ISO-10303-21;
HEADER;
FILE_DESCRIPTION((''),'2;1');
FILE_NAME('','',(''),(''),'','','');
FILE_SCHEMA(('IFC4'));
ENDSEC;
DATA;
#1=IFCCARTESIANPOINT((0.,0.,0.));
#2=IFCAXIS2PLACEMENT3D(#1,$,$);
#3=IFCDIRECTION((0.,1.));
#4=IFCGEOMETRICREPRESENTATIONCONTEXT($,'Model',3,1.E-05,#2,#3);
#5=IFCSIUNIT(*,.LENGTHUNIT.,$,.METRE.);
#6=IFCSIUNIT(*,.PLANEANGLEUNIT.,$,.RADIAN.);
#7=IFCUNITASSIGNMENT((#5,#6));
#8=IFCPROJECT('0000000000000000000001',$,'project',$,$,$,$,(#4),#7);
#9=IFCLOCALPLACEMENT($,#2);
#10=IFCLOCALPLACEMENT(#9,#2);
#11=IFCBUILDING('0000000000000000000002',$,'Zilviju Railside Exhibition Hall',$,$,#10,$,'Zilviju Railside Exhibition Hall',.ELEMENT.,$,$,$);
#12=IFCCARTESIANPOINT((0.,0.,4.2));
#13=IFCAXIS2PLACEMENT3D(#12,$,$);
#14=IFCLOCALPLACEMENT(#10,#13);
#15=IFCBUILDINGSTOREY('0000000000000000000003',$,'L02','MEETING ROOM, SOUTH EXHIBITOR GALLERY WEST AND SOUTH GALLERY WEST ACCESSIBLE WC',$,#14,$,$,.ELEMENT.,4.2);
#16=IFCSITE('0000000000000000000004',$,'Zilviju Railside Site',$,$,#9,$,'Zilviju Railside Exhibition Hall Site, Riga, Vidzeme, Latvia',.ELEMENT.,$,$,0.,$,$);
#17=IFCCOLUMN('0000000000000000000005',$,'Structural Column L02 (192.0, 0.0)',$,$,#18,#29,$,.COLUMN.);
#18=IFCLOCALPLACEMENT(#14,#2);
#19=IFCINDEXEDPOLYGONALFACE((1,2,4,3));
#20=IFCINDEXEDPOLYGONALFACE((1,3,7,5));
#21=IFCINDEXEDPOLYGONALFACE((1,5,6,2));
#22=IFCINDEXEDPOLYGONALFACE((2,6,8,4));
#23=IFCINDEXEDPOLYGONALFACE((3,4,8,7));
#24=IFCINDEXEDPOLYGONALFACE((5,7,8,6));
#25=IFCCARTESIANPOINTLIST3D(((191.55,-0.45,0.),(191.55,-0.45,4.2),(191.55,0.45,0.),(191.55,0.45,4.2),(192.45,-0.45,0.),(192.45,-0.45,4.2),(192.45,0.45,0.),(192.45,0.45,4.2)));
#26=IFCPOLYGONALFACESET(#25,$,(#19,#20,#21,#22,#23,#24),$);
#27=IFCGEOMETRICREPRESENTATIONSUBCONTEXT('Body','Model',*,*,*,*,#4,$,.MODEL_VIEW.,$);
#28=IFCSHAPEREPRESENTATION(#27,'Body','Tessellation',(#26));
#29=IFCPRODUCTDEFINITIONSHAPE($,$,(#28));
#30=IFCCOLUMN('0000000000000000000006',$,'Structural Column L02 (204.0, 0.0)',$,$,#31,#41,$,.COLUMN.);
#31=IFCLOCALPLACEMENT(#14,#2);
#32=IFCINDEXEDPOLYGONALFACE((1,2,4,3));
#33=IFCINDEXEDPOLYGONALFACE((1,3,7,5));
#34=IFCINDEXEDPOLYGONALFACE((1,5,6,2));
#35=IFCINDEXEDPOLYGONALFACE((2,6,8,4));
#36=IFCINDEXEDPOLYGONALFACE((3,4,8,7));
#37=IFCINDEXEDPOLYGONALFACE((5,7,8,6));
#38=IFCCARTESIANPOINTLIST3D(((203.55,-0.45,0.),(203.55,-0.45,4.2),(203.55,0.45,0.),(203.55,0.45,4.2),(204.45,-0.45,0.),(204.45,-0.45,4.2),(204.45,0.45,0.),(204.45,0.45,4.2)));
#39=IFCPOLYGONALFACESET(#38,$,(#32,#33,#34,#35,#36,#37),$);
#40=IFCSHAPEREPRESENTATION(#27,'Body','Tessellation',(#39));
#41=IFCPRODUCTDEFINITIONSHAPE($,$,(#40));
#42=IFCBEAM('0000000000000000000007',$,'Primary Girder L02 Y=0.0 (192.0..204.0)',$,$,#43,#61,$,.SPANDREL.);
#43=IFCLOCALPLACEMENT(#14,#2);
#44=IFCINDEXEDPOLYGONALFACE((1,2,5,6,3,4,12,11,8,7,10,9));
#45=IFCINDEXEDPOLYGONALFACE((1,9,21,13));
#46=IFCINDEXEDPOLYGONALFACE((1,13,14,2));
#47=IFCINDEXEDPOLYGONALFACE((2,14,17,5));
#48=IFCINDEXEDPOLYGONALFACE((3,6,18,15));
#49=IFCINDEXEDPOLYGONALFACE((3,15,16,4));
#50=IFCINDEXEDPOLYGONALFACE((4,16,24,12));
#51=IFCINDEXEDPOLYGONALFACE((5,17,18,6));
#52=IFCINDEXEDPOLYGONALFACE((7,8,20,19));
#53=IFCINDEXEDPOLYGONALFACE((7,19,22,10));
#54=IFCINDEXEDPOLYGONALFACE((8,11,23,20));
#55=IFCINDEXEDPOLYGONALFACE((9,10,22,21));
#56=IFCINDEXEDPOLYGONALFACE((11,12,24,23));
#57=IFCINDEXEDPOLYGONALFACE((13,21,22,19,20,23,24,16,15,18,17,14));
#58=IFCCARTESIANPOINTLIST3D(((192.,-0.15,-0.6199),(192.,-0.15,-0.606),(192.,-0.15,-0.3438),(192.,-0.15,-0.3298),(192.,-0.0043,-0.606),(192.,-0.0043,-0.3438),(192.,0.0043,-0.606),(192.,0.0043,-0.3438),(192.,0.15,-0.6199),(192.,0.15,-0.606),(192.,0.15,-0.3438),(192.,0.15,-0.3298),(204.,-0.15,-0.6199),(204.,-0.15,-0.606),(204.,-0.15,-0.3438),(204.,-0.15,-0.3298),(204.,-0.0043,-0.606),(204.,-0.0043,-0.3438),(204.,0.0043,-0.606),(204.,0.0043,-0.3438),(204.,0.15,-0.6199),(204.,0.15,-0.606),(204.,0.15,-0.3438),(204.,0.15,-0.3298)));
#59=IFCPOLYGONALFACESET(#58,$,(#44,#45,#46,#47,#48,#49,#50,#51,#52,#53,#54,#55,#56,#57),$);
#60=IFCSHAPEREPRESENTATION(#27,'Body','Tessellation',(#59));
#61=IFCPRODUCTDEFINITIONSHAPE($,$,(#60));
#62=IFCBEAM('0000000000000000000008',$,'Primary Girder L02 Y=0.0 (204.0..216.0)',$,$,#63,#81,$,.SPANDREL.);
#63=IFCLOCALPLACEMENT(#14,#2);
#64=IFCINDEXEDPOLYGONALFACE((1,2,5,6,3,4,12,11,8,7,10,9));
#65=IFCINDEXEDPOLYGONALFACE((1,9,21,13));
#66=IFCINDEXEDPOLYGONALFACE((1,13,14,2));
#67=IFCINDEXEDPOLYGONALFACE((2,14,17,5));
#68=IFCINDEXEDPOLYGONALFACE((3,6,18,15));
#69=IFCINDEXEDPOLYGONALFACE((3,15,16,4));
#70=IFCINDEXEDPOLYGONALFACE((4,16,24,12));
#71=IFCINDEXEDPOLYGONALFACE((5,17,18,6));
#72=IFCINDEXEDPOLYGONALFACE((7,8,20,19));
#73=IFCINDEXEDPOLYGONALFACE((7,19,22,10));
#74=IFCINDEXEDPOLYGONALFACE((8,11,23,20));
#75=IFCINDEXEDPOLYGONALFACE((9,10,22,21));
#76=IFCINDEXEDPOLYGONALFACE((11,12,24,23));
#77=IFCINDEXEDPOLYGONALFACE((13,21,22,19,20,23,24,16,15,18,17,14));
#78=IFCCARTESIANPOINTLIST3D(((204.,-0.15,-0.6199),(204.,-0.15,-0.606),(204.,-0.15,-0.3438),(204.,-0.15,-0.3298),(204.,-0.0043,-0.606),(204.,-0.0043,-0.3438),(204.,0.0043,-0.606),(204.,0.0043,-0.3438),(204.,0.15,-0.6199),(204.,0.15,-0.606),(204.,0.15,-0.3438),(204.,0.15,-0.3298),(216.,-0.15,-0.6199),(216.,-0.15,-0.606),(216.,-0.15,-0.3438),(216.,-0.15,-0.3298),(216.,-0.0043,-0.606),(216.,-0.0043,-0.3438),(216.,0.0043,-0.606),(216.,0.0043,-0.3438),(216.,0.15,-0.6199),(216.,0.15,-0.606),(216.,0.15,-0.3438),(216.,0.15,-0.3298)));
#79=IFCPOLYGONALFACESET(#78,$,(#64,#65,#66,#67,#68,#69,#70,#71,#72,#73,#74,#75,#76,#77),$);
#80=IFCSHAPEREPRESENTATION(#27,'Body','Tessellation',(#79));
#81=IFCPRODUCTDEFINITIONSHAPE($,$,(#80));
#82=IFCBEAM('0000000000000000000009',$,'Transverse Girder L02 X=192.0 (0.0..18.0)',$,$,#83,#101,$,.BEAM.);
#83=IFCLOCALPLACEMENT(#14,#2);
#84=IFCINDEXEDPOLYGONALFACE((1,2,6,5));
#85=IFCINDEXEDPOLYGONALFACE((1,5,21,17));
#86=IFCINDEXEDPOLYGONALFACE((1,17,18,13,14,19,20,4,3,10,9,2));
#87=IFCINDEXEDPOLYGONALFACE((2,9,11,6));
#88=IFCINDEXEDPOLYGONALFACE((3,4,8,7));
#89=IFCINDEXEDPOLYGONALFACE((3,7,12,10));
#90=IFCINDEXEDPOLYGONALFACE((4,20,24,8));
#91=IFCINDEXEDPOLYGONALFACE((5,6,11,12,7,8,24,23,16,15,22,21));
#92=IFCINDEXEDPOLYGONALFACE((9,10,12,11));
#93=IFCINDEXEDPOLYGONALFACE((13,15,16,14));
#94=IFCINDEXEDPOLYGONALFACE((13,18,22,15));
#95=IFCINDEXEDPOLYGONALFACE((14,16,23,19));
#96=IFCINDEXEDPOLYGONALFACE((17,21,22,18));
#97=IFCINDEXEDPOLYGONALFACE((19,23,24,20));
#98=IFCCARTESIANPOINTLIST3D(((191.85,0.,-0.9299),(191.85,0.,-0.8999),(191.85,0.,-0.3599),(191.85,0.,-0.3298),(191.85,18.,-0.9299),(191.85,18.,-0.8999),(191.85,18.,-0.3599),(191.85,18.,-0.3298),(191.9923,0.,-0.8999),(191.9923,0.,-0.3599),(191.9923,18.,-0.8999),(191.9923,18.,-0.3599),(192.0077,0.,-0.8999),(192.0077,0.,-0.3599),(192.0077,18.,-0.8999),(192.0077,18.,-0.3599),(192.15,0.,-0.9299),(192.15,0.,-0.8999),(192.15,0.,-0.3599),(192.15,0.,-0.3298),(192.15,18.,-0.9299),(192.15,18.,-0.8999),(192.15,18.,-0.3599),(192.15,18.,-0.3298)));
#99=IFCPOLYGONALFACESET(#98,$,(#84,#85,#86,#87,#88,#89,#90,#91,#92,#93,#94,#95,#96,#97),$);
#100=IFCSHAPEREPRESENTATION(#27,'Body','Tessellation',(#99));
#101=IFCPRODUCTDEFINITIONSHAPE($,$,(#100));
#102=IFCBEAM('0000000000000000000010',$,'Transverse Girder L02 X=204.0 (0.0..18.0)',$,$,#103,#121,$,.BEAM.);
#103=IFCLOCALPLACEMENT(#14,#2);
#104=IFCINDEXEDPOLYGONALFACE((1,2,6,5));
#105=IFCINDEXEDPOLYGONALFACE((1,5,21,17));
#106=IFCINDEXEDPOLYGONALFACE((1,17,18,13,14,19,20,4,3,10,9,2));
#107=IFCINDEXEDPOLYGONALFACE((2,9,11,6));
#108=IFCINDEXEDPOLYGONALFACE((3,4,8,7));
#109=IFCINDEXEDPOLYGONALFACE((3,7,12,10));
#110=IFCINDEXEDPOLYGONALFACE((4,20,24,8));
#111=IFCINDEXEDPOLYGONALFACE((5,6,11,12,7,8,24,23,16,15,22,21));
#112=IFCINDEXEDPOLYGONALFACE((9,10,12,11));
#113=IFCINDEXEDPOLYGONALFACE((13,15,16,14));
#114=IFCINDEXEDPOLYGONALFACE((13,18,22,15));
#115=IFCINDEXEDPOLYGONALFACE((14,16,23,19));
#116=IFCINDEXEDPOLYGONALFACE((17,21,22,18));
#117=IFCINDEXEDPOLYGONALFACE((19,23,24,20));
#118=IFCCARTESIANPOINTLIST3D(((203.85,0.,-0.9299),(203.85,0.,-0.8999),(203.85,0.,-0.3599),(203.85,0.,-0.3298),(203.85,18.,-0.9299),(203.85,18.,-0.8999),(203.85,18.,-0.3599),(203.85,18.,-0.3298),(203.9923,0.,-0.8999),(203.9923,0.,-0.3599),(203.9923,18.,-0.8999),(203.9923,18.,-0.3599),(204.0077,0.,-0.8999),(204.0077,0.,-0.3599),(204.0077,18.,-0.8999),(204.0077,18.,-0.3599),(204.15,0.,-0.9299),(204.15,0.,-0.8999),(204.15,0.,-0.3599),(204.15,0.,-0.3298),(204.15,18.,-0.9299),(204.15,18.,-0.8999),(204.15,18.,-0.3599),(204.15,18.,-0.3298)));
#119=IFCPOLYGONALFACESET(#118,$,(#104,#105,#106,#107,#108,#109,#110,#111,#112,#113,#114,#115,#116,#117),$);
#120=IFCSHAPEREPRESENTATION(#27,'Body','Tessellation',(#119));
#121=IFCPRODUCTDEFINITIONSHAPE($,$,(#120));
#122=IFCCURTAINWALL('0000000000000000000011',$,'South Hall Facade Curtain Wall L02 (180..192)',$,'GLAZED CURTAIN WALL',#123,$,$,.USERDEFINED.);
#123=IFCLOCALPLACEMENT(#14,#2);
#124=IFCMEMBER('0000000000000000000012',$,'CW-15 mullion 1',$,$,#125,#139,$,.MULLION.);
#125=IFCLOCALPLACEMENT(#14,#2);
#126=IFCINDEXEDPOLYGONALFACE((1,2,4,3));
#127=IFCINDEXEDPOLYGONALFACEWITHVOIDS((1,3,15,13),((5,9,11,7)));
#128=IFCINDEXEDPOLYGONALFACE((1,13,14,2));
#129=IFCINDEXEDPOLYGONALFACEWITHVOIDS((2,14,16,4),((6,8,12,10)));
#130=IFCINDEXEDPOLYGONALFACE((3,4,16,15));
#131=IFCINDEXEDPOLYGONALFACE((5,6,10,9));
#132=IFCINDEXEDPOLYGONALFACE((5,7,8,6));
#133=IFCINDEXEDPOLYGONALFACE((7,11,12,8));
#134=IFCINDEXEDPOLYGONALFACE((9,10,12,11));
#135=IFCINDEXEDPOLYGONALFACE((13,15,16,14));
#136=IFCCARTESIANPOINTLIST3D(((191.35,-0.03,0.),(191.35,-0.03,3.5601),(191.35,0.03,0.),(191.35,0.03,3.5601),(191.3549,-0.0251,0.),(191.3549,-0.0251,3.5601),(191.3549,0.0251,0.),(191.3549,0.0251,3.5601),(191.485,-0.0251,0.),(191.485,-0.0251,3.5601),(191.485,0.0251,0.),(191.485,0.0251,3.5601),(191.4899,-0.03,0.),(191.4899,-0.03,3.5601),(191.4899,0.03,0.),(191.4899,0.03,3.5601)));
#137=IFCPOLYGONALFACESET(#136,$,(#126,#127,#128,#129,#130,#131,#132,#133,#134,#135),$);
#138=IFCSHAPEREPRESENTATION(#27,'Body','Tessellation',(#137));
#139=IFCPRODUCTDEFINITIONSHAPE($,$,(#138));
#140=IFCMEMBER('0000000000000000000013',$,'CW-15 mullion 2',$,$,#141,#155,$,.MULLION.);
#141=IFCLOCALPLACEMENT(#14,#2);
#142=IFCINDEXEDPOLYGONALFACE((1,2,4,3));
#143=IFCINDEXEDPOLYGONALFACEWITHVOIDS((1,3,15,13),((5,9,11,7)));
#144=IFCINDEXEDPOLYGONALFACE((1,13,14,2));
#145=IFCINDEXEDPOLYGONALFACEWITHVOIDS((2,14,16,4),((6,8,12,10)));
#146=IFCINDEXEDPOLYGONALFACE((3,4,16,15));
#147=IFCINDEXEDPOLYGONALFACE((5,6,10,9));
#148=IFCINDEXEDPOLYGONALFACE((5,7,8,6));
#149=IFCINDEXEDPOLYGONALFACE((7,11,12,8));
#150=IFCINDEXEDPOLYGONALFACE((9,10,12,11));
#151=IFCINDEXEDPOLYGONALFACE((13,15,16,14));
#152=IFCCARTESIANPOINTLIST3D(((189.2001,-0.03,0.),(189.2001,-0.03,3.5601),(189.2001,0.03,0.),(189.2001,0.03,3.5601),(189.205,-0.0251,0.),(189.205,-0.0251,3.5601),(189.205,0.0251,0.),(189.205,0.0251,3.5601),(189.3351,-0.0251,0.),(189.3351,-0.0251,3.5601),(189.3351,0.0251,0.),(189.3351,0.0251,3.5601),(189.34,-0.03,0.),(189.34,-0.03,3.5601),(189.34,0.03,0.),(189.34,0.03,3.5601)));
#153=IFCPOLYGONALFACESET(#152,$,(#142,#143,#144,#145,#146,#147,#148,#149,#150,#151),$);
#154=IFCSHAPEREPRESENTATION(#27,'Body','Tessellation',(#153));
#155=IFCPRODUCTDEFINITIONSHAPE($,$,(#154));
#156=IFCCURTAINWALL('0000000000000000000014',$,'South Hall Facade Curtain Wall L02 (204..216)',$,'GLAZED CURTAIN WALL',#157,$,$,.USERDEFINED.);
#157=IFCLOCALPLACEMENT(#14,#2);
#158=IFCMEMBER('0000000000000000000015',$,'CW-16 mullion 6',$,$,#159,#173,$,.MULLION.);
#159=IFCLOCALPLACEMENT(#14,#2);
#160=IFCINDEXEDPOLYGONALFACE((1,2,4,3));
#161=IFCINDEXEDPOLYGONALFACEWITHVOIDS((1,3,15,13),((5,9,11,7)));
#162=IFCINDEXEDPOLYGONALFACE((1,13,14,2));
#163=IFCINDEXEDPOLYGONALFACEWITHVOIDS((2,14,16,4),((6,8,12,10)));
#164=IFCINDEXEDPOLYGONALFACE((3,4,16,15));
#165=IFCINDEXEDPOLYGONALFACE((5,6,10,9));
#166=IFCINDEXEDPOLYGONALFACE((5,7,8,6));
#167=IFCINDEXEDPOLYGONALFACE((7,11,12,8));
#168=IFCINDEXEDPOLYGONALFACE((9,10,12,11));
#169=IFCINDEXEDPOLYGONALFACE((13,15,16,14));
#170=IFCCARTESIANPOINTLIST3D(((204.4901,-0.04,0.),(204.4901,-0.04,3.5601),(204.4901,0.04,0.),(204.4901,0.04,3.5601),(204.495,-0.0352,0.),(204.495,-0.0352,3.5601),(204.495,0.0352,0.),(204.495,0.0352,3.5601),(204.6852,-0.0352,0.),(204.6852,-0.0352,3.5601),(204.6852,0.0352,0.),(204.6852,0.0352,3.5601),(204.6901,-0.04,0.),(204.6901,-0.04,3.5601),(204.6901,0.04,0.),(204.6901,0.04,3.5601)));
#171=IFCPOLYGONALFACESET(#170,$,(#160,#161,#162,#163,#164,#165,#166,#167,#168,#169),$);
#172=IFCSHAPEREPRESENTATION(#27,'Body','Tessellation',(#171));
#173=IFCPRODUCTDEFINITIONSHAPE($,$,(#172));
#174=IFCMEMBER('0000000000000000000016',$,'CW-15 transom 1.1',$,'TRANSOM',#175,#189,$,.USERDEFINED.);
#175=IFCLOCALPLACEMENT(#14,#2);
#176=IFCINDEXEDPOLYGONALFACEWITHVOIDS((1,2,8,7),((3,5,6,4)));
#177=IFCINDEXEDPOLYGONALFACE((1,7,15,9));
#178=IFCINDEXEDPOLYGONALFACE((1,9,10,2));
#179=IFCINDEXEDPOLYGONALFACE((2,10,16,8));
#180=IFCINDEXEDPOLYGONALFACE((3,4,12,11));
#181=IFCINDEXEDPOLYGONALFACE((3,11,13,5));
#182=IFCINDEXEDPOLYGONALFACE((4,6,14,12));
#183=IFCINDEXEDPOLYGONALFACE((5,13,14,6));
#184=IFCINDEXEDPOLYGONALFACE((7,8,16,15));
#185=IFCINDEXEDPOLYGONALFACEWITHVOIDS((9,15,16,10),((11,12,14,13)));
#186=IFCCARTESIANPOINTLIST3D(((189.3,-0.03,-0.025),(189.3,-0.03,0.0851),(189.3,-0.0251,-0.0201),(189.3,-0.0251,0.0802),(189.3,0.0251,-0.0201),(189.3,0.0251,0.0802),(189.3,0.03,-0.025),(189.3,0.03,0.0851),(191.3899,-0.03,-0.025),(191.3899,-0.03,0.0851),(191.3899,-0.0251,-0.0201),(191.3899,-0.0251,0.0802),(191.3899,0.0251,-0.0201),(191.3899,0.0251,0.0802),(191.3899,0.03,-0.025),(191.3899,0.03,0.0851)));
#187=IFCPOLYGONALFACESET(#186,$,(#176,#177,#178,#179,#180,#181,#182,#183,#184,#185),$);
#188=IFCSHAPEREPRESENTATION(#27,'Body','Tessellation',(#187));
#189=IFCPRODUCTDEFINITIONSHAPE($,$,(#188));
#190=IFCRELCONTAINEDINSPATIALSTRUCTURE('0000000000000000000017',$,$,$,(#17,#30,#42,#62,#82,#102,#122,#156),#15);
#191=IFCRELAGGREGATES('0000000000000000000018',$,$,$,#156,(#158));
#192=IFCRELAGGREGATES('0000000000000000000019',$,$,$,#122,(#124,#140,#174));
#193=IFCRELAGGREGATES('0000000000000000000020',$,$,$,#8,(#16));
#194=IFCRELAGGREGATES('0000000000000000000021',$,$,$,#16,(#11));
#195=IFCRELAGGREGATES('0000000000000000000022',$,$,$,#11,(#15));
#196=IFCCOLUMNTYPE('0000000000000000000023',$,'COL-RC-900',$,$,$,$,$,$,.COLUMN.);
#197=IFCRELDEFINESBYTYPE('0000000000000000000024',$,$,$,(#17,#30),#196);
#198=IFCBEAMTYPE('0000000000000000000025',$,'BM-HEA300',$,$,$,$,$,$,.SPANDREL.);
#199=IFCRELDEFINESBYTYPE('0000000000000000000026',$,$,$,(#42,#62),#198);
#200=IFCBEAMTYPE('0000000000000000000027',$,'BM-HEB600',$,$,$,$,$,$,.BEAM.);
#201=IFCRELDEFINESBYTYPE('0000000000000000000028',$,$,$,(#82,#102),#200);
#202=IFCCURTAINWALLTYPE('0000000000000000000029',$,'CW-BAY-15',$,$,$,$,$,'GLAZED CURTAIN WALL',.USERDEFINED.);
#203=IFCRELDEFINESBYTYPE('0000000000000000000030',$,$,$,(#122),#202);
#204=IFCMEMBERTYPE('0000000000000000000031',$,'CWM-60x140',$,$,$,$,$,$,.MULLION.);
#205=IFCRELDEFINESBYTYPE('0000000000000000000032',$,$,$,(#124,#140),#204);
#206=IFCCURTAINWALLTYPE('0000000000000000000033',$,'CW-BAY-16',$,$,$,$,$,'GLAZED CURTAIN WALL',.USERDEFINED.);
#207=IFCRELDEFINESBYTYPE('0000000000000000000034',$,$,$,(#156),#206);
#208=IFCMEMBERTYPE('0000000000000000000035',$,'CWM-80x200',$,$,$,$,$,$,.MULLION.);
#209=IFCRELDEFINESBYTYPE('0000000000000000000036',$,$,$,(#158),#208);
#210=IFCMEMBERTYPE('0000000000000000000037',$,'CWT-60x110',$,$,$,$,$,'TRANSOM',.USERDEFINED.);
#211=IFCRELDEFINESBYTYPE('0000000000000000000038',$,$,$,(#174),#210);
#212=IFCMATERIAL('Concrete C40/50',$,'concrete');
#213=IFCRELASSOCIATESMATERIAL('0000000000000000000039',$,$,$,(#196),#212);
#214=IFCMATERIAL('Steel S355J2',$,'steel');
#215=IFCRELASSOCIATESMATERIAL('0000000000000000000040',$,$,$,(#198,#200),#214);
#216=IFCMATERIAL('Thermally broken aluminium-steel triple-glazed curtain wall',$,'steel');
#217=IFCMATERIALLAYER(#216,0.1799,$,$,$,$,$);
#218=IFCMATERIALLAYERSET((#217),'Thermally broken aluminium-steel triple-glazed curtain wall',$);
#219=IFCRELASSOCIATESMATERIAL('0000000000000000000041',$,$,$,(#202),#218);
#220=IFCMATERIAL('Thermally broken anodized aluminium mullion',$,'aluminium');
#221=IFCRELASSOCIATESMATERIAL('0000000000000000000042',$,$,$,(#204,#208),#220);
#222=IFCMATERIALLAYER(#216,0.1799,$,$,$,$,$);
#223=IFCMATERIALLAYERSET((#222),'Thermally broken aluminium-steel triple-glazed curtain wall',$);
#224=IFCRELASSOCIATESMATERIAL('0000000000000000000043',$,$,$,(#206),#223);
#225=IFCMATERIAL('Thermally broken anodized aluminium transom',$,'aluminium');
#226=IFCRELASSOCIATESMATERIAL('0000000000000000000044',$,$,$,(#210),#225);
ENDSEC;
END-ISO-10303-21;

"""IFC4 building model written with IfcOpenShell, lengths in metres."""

from ifc_helpers import new_model, si_unit, direction, frame, origin, origin_2d, place, context, subcontext, project, spatial, rectangle, hollow_rectangle, i_section, extrude, material, layer, layer_set, material_profile, profile_set, type_object, element, aggregate, save


model = new_model("IFC4")

# Units and contexts
model_context = context("Model", 3, precision=1e-05, world=origin(), true_north=direction((0.0, 1.0)))
body_context = subcontext(model_context, "Body", "Model", "MODEL_VIEW")
ifc_project = project(units=[si_unit("LENGTHUNIT", "METRE"), si_unit("PLANEANGLEUNIT", "RADIAN")], contexts=[model_context])

# Site, building, storey
site_placement = place(None, origin())
site = spatial("IfcSite", under=ifc_project, at=site_placement, Name="Zilviju Railside Site", LongName="Zilviju Railside Exhibition Hall Site, Riga, Vidzeme, Latvia", CompositionType="ELEMENT", RefElevation=0.0)
building_placement = place(site_placement, origin())
building = spatial("IfcBuilding", under=site, at=building_placement, Name="Zilviju Railside Exhibition Hall", LongName="Zilviju Railside Exhibition Hall", CompositionType="ELEMENT")
storey_placement = place(building_placement, frame((0.0, 0.0, 4.2)))
storey = spatial("IfcBuildingStorey", under=building, at=storey_placement, Name="L02", Description="MEETING ROOM, SOUTH EXHIBITOR GALLERY WEST AND SOUTH GALLERY WEST ACCESSIBLE WC", CompositionType="ELEMENT", Elevation=4.2)

# Columns
ifc_material_1 = material(Name="Concrete C40/50", Category="concrete")
ifc_material_profile_1 = material_profile(ifc_material_1, rectangle(XDim=0.8999, YDim=0.8999, at=origin_2d()), Name="RC COL 900x900")
ifc_profile_set_1 = profile_set([ifc_material_profile_1], Name="Concrete C40/50")
column_type = type_object("IfcColumnType", Name="COL-RC-900", PredefinedType="COLUMN", material=ifc_profile_set_1)
for number, where, z_axis, x_axis, name in (
    (1, (192.0, 0.0, 0.0), (0.0, 0.0, 1.0), (1.0, 0.0, 0.0), "Structural Column L02 (192.0, 0.0)"),
    (2, (204.0, 0.0, 0.0), (0.0, 0.0, 1.0), (1.0, 0.0, 0.0), "Structural Column L02 (204.0, 0.0)"),
):
    element("IfcColumn", number, at=place(storey_placement, frame(where, z_axis=z_axis, x_axis=x_axis)), inside=storey, type_object=column_type, Name=name, PredefinedType="COLUMN", context=body_context, shape_type="SweptSolid", body=[
        extrude(rectangle(XDim=0.8999, YDim=0.8999, at=origin_2d()), origin(), (0.0, 0.0, 1.0), 4.2),
    ])

# Beams
ifc_material_2 = material(Name="Steel S355J2", Category="steel")
ifc_material_profile_2 = material_profile(ifc_material_2, i_section(OverallWidth=0.3, OverallDepth=0.29, WebThickness=0.0085, FlangeThickness=0.0139, at=origin_2d()), Name="HEA 300")
ifc_profile_set_2 = profile_set([ifc_material_profile_2], Name="Steel S355J2")
beam_type_1 = type_object("IfcBeamType", Name="BM-HEA300", PredefinedType="SPANDREL", material=ifc_profile_set_2)
for number, where, z_axis, x_axis, name in (
    (3, (192.0, 0.0, -0.4749), (1.0, 0.0, 0.0), (0.0, 1.0, 0.0), "Primary Girder L02 Y=0.0 (192.0..204.0)"),
    (4, (204.0, 0.0, -0.4749), (1.0, 0.0, 0.0), (0.0, 1.0, 0.0), "Primary Girder L02 Y=0.0 (204.0..216.0)"),
):
    element("IfcBeam", number, at=place(storey_placement, frame(where, z_axis=z_axis, x_axis=x_axis)), inside=storey, type_object=beam_type_1, Name=name, PredefinedType="SPANDREL", context=body_context, shape_type="SweptSolid", body=[
        extrude(i_section(OverallWidth=0.3, OverallDepth=0.29, WebThickness=0.0085, FlangeThickness=0.0139, at=origin_2d()), origin(), (0.0, 0.0, 1.0), 12.0),
    ])
ifc_material_profile_3 = material_profile(ifc_material_2, i_section(OverallWidth=0.3, OverallDepth=0.6001, WebThickness=0.0154, FlangeThickness=0.03, at=origin_2d()), Name="HEB 600")
ifc_profile_set_3 = profile_set([ifc_material_profile_3], Name="Steel S355J2")
beam_type_2 = type_object("IfcBeamType", Name="BM-HEB600", PredefinedType="BEAM", material=ifc_profile_set_3)
for number, where, z_axis, x_axis, name in (
    (5, (192.0, 0.0, -0.6299), (0.0, 1.0, 0.0), (-1.0, 0.0, 0.0), "Transverse Girder L02 X=192.0 (0.0..18.0)"),
    (6, (204.0, 0.0, -0.6299), (0.0, 1.0, 0.0), (-1.0, 0.0, 0.0), "Transverse Girder L02 X=204.0 (0.0..18.0)"),
):
    element("IfcBeam", number, at=place(storey_placement, frame(where, z_axis=z_axis, x_axis=x_axis)), inside=storey, type_object=beam_type_2, Name=name, PredefinedType="BEAM", context=body_context, shape_type="SweptSolid", body=[
        extrude(i_section(OverallWidth=0.3, OverallDepth=0.6001, WebThickness=0.0154, FlangeThickness=0.03, at=origin_2d()), origin(), (0.0, 0.0, 1.0), 18.0),
    ])

# Curtain wall, members
ifc_material_3 = material(Name="Thermally broken aluminium-steel triple-glazed curtain wall", Category="steel")
ifc_layer_1 = layer(ifc_material_3, 0.1799)
ifc_layer_set_1 = layer_set([ifc_layer_1], Name="Thermally broken aluminium-steel triple-glazed curtain wall")
curtain_wall_type_1 = type_object("IfcCurtainWallType", Name="CW-BAY-15", ElementType="GLAZED CURTAIN WALL", PredefinedType="USERDEFINED", material=ifc_layer_set_1)
curtain_wall_1_placement = place(storey_placement, origin())
curtain_wall_1 = element("IfcCurtainWall", 7, at=curtain_wall_1_placement, inside=storey, type_object=curtain_wall_type_1, Name="South Hall Facade Curtain Wall L02 (180..192)", ObjectType="GLAZED CURTAIN WALL", PredefinedType="USERDEFINED")
ifc_material_4 = material(Name="Thermally broken anodized aluminium mullion", Category="aluminium")
ifc_material_profile_4 = material_profile(ifc_material_4, hollow_rectangle(XDim=0.0601, YDim=0.1399, WallThickness=0.0049, at=origin_2d()), Name="MULLION 140x60x5")
ifc_profile_set_4 = profile_set([ifc_material_profile_4], Name="Thermally broken anodized aluminium mullion")
member_type_1 = type_object("IfcMemberType", Name="CWM-60x140", PredefinedType="MULLION", material=ifc_profile_set_4)
member_1_placement = place(storey_placement, frame((191.4199, 0.0, 0.0), z_axis=(0.0, 0.0, 1.0), x_axis=(0.0, -1.0, 0.0)))
member_1 = element("IfcMember", 8, at=member_1_placement, type_object=member_type_1, Name="CW-15 mullion 1", PredefinedType="MULLION", context=body_context, shape_type="SweptSolid", body=[
    extrude(hollow_rectangle(XDim=0.0601, YDim=0.1399, WallThickness=0.0049, at=origin_2d()), origin(), (0.0, 0.0, 1.0), 3.5601),
])
member_2_placement = place(storey_placement, frame((189.27, 0.0, 0.0), z_axis=(0.0, 0.0, 1.0), x_axis=(0.0, -1.0, 0.0)))
member_2 = element("IfcMember", 9, at=member_2_placement, type_object=member_type_1, Name="CW-15 mullion 2", PredefinedType="MULLION", context=body_context, shape_type="SweptSolid", body=[
    extrude(hollow_rectangle(XDim=0.0601, YDim=0.1399, WallThickness=0.0049, at=origin_2d()), origin(), (0.0, 0.0, 1.0), 3.5601),
])

# Curtain wall, member
ifc_layer_2 = layer(ifc_material_3, 0.1799)
ifc_layer_set_2 = layer_set([ifc_layer_2], Name="Thermally broken aluminium-steel triple-glazed curtain wall")
curtain_wall_type_2 = type_object("IfcCurtainWallType", Name="CW-BAY-16", ElementType="GLAZED CURTAIN WALL", PredefinedType="USERDEFINED", material=ifc_layer_set_2)
curtain_wall_2_placement = place(storey_placement, origin())
curtain_wall_2 = element("IfcCurtainWall", 10, at=curtain_wall_2_placement, inside=storey, type_object=curtain_wall_type_2, Name="South Hall Facade Curtain Wall L02 (204..216)", ObjectType="GLAZED CURTAIN WALL", PredefinedType="USERDEFINED")
ifc_material_profile_5 = material_profile(ifc_material_4, hollow_rectangle(XDim=0.0801, YDim=0.2, WallThickness=0.0049, at=origin_2d()), Name="MULLION 200x80x5")
ifc_profile_set_5 = profile_set([ifc_material_profile_5], Name="Thermally broken anodized aluminium mullion")
member_type_2 = type_object("IfcMemberType", Name="CWM-80x200", PredefinedType="MULLION", material=ifc_profile_set_5)
member_3_placement = place(storey_placement, frame((204.5901, 0.0, 0.0), z_axis=(0.0, 0.0, 1.0), x_axis=(0.0, -1.0, 0.0)))
member_3 = element("IfcMember", 11, at=member_3_placement, type_object=member_type_2, Name="CW-16 mullion 6", PredefinedType="MULLION", context=body_context, shape_type="SweptSolid", body=[
    extrude(hollow_rectangle(XDim=0.0801, YDim=0.2, WallThickness=0.0049, at=origin_2d()), origin(), (0.0, 0.0, 1.0), 3.5601),
])
aggregate(curtain_wall_2, [member_3])

# Member
ifc_material_5 = material(Name="Thermally broken anodized aluminium transom", Category="aluminium")
ifc_material_profile_6 = material_profile(ifc_material_5, hollow_rectangle(XDim=0.0601, YDim=0.1101, WallThickness=0.0049, at=origin_2d()), Name="TRANSOM 110x60x5")
ifc_profile_set_6 = profile_set([ifc_material_profile_6], Name="Thermally broken anodized aluminium transom")
member_type_3 = type_object("IfcMemberType", Name="CWT-60x110", ElementType="TRANSOM", PredefinedType="USERDEFINED", material=ifc_profile_set_6)
member_4_placement = place(storey_placement, frame((191.3899, 0.0, 0.03), z_axis=(-1.0, 0.0, 0.0), x_axis=(0.0, -1.0, 0.0)))
member_4 = element("IfcMember", 12, at=member_4_placement, type_object=member_type_3, Name="CW-15 transom 1.1", ObjectType="TRANSOM", PredefinedType="USERDEFINED", context=body_context, shape_type="SweptSolid", body=[
    extrude(hollow_rectangle(XDim=0.0601, YDim=0.1101, WallThickness=0.0049, at=origin_2d()), origin(), (0.0, 0.0, 1.0), 2.0898),
])

aggregate(curtain_wall_1, [member_1, member_2, member_4])

save(model, "model.ifc")
